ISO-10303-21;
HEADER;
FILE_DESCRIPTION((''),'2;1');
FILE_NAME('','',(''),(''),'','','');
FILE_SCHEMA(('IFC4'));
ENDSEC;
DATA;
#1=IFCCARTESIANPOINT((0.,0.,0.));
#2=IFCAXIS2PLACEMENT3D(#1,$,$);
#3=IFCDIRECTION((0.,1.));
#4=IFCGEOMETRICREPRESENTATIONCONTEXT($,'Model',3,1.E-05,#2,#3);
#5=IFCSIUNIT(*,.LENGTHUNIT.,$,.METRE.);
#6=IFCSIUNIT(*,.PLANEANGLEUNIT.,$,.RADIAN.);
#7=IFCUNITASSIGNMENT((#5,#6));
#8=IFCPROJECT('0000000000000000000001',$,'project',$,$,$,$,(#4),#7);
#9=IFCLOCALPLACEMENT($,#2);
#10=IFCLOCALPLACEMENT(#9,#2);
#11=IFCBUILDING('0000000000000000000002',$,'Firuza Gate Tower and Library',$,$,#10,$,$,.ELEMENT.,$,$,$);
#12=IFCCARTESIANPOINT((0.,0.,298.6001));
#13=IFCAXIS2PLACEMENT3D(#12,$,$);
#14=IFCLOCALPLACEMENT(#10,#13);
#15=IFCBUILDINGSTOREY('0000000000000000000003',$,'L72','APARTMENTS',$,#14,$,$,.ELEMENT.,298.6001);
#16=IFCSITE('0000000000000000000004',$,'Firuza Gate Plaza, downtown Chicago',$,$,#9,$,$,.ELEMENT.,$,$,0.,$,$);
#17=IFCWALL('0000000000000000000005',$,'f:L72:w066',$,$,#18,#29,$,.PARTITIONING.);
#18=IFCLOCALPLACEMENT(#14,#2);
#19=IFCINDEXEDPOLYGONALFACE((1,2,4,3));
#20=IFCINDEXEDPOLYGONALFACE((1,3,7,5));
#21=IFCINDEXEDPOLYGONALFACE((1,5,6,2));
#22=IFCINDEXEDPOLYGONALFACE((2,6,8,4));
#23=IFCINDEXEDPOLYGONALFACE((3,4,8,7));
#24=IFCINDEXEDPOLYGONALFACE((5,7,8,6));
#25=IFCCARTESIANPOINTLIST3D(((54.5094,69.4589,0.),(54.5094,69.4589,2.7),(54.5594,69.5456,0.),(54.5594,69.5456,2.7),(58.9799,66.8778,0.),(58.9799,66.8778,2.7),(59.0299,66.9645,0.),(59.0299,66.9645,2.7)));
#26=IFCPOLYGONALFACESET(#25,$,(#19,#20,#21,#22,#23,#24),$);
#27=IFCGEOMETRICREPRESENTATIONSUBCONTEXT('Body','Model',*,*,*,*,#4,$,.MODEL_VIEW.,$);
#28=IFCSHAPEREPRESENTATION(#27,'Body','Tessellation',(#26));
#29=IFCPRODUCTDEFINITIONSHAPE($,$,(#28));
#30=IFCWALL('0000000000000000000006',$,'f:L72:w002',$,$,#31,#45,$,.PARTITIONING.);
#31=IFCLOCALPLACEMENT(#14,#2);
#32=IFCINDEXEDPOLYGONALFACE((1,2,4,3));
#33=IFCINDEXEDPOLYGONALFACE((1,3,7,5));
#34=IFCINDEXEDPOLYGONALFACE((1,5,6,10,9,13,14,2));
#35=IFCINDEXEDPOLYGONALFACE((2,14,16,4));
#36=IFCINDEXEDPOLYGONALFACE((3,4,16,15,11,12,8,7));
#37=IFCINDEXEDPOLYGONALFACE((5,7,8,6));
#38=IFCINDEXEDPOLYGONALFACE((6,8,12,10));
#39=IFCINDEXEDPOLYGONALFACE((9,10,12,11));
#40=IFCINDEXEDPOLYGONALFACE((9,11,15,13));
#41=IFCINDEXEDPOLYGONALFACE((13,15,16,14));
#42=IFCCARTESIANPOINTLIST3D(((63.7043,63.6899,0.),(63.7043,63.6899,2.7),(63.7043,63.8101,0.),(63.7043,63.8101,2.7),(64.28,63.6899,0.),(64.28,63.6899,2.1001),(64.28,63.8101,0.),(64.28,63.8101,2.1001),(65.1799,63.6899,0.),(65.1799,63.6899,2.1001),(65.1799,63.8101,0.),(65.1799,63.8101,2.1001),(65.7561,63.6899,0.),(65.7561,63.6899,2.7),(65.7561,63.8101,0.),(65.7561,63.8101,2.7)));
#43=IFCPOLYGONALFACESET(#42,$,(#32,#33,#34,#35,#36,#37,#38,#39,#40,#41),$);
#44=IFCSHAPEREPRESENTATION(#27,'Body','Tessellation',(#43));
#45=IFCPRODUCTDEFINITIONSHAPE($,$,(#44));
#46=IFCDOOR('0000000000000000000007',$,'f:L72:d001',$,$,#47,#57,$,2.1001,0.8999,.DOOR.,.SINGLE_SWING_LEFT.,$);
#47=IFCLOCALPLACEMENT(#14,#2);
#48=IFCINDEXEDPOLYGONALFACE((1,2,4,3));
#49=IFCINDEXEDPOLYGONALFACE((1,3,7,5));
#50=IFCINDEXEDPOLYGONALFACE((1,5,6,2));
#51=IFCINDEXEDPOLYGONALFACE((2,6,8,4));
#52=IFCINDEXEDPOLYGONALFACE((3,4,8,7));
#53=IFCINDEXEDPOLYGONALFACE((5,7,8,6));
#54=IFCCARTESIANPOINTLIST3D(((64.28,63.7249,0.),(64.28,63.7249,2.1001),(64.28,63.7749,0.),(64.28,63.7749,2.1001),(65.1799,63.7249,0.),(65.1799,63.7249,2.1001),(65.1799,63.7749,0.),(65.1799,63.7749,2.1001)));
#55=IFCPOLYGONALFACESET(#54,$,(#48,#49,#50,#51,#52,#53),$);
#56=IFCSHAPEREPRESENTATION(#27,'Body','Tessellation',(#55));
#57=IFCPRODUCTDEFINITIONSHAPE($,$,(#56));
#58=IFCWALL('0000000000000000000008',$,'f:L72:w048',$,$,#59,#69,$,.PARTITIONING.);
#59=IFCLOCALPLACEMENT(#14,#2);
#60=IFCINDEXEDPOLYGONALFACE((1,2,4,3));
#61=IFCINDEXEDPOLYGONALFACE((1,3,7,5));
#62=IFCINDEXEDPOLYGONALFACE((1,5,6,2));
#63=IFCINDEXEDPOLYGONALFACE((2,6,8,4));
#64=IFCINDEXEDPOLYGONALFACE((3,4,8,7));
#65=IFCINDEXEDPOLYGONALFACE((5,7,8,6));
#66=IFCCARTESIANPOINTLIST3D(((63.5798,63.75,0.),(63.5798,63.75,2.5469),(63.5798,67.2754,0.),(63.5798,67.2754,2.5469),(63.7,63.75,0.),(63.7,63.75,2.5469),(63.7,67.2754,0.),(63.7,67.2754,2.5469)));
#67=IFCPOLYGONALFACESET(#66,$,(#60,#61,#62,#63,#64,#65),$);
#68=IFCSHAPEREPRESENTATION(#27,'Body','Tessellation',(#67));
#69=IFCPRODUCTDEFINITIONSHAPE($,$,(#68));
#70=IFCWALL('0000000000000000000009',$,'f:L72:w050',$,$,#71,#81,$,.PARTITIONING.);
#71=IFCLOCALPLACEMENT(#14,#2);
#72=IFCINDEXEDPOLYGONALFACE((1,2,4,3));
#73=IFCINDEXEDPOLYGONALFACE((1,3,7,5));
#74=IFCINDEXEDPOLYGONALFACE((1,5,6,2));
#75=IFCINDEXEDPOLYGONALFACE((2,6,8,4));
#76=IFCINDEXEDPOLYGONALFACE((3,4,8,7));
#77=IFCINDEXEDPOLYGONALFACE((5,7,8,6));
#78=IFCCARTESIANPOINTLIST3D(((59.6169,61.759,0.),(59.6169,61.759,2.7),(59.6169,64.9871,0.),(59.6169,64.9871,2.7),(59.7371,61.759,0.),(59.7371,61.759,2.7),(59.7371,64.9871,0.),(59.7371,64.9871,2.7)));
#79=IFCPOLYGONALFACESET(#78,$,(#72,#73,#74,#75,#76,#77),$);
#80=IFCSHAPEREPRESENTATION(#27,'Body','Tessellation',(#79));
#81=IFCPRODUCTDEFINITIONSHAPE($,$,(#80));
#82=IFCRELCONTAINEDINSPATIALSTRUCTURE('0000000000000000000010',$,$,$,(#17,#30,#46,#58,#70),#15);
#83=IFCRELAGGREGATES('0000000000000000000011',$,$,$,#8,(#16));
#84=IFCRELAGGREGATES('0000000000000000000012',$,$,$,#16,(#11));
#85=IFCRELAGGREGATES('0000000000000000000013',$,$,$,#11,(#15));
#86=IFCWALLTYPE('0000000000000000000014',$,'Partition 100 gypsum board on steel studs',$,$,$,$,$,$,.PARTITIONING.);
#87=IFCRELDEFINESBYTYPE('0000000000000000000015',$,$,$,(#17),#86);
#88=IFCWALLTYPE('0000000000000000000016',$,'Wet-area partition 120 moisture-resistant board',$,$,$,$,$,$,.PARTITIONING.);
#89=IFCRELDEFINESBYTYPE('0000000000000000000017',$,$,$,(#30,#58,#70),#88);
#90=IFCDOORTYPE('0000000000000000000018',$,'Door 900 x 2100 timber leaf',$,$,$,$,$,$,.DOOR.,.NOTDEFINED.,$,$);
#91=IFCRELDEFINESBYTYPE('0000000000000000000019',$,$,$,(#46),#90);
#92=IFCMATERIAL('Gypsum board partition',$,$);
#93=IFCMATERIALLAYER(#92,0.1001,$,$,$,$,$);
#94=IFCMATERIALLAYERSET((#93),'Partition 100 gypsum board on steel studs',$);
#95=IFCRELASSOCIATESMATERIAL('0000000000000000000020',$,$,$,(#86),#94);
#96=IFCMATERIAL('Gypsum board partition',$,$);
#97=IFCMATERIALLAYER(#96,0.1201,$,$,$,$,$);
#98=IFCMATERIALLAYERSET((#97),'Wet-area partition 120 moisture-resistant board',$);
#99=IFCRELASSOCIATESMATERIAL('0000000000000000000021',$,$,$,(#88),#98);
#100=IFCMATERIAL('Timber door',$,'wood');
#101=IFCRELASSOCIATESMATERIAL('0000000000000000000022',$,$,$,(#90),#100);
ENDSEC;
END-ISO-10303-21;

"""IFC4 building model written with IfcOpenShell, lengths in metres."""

from ifc_helpers import new_model, si_unit, direction, frame, frame_2d, origin, place, context, subcontext, project, spatial, rectangle, extrude, material, layer, layer_set, type_object, element, fill, save


model = new_model("IFC4")

# Units and contexts
model_context = context("Model", 3, precision=1e-05, world=origin(), true_north=direction((0.0, 1.0)))
body_context = subcontext(model_context, "Body", "Model", "MODEL_VIEW")
ifc_project = project(units=[si_unit("LENGTHUNIT", "METRE"), si_unit("PLANEANGLEUNIT", "RADIAN")], contexts=[model_context])

# Site, building, storey
site_placement = place(None, origin())
site = spatial("IfcSite", under=ifc_project, at=site_placement, Name="Firuza Gate Plaza, downtown Chicago", CompositionType="ELEMENT", RefElevation=0.0)
building_placement = place(site_placement, origin())
building = spatial("IfcBuilding", under=site, at=building_placement, Name="Firuza Gate Tower and Library", CompositionType="ELEMENT")
storey_placement = place(building_placement, frame((0.0, 0.0, 298.6001)))
storey = spatial("IfcBuildingStorey", under=building, at=storey_placement, Name="L72", Description="APARTMENTS", CompositionType="ELEMENT", Elevation=298.6001)

# Wall
ifc_material_1 = material(Name="Gypsum board partition")
ifc_layer_1 = layer(ifc_material_1, 0.1001)
ifc_layer_set_1 = layer_set([ifc_layer_1], Name="Partition 100 gypsum board on steel studs")
wall_type_1 = type_object("IfcWallType", Name="Partition 100 gypsum board on steel studs", PredefinedType="PARTITIONING", material=ifc_layer_set_1)
wall_1_placement = place(storey_placement, frame((59.0049, 66.9211, 0.0), z_axis=(0.0, 0.0, 1.0), x_axis=(-0.866023, 0.500005, 0.0)))
element("IfcWall", 1, at=wall_1_placement, inside=storey, type_object=wall_type_1, Name="f:L72:w066", PredefinedType="PARTITIONING", context=body_context, shape_type="SweptSolid", body=[
    extrude(rectangle(XDim=5.1621, YDim=0.1001, at=frame_2d((2.5811, 0.0))), origin(), (0.0, 0.0, 1.0), 2.7),
])

# Wall, opening, door
ifc_material_2 = material(Name="Gypsum board partition")
ifc_layer_2 = layer(ifc_material_2, 0.1201)
ifc_layer_set_2 = layer_set([ifc_layer_2], Name="Wet-area partition 120 moisture-resistant board")
wall_type_2 = type_object("IfcWallType", Name="Wet-area partition 120 moisture-resistant board", PredefinedType="PARTITIONING", material=ifc_layer_set_2)
wall_2_placement = place(storey_placement, frame((63.7043, 63.75, 0.0), z_axis=(0.0, 0.0, 1.0), x_axis=(1.0, 0.0, 0.0)))
wall_2 = element("IfcWall", 2, at=wall_2_placement, inside=storey, type_object=wall_type_2, Name="f:L72:w002", PredefinedType="PARTITIONING", context=body_context, shape_type="SweptSolid", body=[
    extrude(rectangle(XDim=2.0518, YDim=0.1201, at=frame_2d((1.0259, 0.0))), origin(), (0.0, 0.0, 1.0), 2.7),
])
opening_1_placement = place(wall_2_placement, frame((0.5757, 0.0, 0.0)))
opening_1 = element("IfcOpeningElement", 3, at=opening_1_placement, cuts=wall_2, PredefinedType="OPENING", context=body_context, shape_type="SweptSolid", body=[
    extrude(rectangle(XDim=0.8999, YDim=2.1001, at=frame_2d((0.45, 1.05))), frame((0.0, 0.0701, 0.0), z_axis=(0.0, -1.0, 0.0), x_axis=(1.0, 0.0, 0.0)), (0.0, 0.0, 1.0), 0.1401),
])
ifc_material_3 = material(Name="Timber door", Category="wood")
door_type_1 = type_object("IfcDoorType", Name="Door 900 x 2100 timber leaf", OperationType="NOTDEFINED", PredefinedType="DOOR", material=ifc_material_3)
door_1_placement = place(opening_1_placement, origin())
door_1 = element("IfcDoor", 4, at=door_1_placement, inside=storey, type_object=door_type_1, Name="f:L72:d001", OperationType="SINGLE_SWING_LEFT", OverallHeight=2.1001, OverallWidth=0.8999, PredefinedType="DOOR", context=body_context, shape_type="SweptSolid", body=[
    extrude(rectangle(XDim=0.8999, YDim=2.1001, at=frame_2d((0.45, 1.05))), frame((0.0, 0.0249, 0.0), z_axis=(0.0, -1.0, 0.0), x_axis=(1.0, 0.0, 0.0)), (0.0, 0.0, 1.0), 0.05),
])
fill(opening_1, door_1)

# Walls
wall_3_placement = place(storey_placement, frame((63.6399, 63.75, 0.0), z_axis=(0.0, 0.0, 1.0), x_axis=(0.0, 1.0, 0.0)))
element("IfcWall", 5, at=wall_3_placement, inside=storey, type_object=wall_type_2, Name="f:L72:w048", PredefinedType="PARTITIONING", context=body_context, shape_type="SweptSolid", body=[
    extrude(rectangle(XDim=3.5254, YDim=0.1201, at=frame_2d((1.7627, 0.0))), origin(), (0.0, 0.0, 1.0), 2.5469),
])
wall_4_placement = place(storey_placement, frame((59.677, 61.759, 0.0), z_axis=(0.0, 0.0, 1.0), x_axis=(0.0, 1.0, 0.0)))
element("IfcWall", 6, at=wall_4_placement, inside=storey, type_object=wall_type_2, Name="f:L72:w050", PredefinedType="PARTITIONING", context=body_context, shape_type="SweptSolid", body=[
    extrude(rectangle(XDim=3.228, YDim=0.1201, at=frame_2d((1.614, 0.0))), origin(), (0.0, 0.0, 1.0), 2.7),
])

save(model, "model.ifc")
